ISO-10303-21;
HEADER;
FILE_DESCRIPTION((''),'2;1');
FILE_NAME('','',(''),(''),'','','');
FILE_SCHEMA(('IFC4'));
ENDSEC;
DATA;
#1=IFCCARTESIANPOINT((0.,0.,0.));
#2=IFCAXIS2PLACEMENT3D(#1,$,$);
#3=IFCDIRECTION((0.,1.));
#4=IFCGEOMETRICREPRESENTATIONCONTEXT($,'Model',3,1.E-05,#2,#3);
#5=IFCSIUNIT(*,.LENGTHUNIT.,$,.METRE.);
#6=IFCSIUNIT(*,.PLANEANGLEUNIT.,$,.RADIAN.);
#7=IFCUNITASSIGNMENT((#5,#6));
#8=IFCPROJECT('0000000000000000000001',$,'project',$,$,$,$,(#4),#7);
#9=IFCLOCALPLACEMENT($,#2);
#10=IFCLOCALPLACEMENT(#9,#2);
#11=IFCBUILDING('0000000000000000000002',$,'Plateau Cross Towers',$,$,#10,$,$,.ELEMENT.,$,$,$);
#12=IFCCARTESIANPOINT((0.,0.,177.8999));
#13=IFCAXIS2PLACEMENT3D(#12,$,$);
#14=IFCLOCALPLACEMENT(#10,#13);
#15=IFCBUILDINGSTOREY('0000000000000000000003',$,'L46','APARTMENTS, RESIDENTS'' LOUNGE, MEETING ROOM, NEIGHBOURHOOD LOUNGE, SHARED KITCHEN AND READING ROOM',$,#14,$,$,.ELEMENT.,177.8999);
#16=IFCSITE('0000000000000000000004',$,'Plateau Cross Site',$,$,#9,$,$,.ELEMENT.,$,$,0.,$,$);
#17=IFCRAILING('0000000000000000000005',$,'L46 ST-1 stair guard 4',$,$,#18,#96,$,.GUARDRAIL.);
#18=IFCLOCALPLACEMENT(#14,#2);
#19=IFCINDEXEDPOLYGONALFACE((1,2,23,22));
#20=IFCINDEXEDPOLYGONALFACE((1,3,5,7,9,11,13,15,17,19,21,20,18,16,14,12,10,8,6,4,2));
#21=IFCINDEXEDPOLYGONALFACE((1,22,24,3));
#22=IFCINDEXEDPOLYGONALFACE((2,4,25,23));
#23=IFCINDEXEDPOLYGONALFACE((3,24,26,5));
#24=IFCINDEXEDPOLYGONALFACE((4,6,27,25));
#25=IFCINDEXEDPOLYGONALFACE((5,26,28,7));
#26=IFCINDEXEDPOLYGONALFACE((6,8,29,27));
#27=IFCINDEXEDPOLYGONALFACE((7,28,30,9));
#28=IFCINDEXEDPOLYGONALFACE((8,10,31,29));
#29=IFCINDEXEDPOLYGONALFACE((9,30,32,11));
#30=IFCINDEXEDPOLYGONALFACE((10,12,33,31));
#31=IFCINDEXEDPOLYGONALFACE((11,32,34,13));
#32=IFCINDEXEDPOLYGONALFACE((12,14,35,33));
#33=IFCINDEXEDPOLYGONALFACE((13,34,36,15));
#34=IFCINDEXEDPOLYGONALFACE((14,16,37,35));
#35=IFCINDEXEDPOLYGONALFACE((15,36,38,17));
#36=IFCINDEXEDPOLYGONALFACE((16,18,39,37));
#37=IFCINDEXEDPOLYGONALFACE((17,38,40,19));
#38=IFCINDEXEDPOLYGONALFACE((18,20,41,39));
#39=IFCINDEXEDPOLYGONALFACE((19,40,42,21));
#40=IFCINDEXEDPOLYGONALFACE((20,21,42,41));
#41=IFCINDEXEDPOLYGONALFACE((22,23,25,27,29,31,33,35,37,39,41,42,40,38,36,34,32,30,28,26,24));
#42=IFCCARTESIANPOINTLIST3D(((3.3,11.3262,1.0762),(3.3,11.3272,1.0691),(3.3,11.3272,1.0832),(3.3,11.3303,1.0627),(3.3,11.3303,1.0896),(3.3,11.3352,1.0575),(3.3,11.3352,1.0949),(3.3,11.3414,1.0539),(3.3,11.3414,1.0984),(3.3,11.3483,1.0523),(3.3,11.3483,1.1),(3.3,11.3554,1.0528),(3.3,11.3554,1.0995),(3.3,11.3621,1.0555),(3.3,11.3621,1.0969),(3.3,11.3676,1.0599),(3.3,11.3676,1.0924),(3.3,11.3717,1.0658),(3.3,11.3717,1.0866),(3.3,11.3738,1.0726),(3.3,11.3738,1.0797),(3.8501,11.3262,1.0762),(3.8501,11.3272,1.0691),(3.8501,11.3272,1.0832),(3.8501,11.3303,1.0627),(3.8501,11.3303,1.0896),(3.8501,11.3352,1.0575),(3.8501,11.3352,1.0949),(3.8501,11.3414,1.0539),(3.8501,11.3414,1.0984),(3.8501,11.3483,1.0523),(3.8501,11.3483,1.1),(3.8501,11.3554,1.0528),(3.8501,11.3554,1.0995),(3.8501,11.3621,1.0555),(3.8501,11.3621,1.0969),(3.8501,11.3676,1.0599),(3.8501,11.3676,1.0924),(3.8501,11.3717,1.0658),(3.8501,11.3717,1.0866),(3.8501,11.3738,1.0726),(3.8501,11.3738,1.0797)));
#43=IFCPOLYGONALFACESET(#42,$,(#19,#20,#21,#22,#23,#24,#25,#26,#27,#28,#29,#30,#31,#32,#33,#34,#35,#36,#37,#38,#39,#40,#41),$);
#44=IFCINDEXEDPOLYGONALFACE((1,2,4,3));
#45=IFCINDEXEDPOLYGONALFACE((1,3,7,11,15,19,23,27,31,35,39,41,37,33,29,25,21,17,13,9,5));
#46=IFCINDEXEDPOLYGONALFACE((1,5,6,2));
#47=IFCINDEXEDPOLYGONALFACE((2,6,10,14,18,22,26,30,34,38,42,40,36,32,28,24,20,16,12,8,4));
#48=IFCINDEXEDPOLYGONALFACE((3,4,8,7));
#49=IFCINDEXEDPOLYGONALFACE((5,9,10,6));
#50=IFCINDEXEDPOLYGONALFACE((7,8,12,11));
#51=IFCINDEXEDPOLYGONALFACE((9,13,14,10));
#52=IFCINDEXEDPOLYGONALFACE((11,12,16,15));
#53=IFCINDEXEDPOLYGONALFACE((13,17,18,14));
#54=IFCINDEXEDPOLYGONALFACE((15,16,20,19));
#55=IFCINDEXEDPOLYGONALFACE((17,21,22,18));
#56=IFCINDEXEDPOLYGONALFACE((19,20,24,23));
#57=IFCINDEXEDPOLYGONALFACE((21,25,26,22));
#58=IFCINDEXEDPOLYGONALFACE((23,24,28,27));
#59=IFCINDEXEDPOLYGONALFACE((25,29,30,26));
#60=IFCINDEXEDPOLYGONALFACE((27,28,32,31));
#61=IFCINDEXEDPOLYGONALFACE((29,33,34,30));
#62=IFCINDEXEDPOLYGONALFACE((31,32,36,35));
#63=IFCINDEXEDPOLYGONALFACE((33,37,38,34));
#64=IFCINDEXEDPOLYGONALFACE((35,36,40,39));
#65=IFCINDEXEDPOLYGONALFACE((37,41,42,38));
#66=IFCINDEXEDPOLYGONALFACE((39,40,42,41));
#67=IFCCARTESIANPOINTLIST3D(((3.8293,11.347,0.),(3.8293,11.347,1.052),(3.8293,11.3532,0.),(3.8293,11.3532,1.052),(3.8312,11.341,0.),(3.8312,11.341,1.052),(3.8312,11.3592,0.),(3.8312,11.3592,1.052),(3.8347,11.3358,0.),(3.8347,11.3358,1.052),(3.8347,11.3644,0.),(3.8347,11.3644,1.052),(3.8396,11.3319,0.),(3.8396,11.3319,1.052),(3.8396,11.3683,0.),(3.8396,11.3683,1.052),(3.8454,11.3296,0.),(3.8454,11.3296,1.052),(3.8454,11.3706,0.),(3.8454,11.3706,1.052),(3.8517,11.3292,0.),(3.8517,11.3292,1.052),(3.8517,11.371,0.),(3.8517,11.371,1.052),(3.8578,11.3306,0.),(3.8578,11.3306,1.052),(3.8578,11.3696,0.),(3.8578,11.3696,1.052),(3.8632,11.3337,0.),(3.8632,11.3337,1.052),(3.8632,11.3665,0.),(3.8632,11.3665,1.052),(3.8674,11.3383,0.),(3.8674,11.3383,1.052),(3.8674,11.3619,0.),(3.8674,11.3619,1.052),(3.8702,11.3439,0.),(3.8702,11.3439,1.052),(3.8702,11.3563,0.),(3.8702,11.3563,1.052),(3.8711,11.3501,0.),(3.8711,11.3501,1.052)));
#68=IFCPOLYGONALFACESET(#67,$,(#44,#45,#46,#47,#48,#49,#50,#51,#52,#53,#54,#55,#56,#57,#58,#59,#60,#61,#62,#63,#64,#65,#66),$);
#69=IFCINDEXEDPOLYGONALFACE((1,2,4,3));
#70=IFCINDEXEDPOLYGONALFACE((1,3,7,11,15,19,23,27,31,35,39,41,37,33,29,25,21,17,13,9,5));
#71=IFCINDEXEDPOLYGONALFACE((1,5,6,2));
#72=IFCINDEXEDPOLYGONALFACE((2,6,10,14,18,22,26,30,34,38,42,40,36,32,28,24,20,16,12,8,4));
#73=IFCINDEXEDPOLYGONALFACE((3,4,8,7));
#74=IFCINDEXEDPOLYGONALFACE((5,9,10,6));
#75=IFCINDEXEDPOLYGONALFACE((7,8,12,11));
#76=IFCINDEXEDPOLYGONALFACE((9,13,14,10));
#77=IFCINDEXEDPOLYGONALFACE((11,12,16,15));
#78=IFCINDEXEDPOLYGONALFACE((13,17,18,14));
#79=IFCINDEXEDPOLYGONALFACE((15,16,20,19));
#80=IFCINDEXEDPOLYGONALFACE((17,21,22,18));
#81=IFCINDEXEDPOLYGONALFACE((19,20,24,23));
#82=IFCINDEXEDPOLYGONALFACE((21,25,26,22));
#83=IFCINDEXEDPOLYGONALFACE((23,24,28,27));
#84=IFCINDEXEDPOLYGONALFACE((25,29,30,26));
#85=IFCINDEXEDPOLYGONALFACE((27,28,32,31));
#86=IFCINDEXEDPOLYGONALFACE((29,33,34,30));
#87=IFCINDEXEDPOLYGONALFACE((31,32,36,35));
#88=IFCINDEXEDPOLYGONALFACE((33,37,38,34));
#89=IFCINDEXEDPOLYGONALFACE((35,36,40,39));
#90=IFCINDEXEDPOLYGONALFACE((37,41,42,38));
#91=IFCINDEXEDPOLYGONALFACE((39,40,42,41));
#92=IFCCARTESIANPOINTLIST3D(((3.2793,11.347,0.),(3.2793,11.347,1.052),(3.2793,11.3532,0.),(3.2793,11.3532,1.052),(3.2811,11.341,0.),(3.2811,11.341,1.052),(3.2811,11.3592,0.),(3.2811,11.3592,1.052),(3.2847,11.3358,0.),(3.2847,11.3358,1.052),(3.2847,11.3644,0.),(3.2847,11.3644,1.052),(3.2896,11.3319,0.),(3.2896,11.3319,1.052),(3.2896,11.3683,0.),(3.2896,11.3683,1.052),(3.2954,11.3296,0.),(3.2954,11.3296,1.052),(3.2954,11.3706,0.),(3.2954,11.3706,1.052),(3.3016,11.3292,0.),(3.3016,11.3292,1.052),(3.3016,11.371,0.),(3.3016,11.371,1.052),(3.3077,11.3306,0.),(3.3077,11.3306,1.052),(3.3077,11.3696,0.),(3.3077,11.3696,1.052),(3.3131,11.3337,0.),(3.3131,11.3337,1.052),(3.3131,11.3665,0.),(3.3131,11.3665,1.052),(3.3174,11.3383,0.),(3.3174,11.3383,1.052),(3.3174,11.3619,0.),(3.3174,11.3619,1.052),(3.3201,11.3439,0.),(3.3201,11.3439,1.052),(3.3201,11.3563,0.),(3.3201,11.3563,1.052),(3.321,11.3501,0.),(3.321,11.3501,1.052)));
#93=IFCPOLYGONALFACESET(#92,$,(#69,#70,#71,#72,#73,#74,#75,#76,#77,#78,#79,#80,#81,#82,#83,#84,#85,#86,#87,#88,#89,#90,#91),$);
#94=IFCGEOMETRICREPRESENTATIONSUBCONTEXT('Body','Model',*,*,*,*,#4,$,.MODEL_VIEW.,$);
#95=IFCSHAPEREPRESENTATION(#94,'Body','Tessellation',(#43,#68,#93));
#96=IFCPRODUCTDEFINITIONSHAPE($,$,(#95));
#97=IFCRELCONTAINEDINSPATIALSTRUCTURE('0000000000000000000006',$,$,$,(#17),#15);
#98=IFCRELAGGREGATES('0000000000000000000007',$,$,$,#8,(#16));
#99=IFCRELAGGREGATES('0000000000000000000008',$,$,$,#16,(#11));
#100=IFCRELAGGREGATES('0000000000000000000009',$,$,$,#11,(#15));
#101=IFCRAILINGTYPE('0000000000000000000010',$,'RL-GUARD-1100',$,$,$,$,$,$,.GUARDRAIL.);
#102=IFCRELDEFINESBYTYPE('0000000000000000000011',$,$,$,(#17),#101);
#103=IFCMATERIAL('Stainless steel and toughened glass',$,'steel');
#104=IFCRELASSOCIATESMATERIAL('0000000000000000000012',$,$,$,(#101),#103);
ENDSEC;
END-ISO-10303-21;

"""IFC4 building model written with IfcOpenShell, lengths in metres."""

from ifc_helpers import new_model, si_unit, direction, frame, origin, origin_2d, place, context, subcontext, project, spatial, circle, extrude, material, type_object, element, save


model = new_model("IFC4")

# Units and contexts
model_context = context("Model", 3, precision=1e-05, world=origin(), true_north=direction((0.0, 1.0)))
body_context = subcontext(model_context, "Body", "Model", "MODEL_VIEW")
ifc_project = project(units=[si_unit("LENGTHUNIT", "METRE"), si_unit("PLANEANGLEUNIT", "RADIAN")], contexts=[model_context])

# Site, building, storey
site_placement = place(None, origin())
site = spatial("IfcSite", under=ifc_project, at=site_placement, Name="Plateau Cross Site", CompositionType="ELEMENT", RefElevation=0.0)
building_placement = place(site_placement, origin())
building = spatial("IfcBuilding", under=site, at=building_placement, Name="Plateau Cross Towers", CompositionType="ELEMENT")
storey_placement = place(building_placement, frame((0.0, 0.0, 177.8999)))
storey = spatial("IfcBuildingStorey", under=building, at=storey_placement, Name="L46", Description="APARTMENTS, RESIDENTS' LOUNGE, MEETING ROOM, NEIGHBOURHOOD LOUNGE, SHARED KITCHEN AND READING ROOM", CompositionType="ELEMENT", Elevation=177.8999)

# Railing
ifc_material_1 = material(Name="Stainless steel and toughened glass", Category="steel")
railing_type_1 = type_object("IfcRailingType", Name="RL-GUARD-1100", PredefinedType="GUARDRAIL", material=ifc_material_1)
railing_1_placement = place(storey_placement, frame((3.8501, 11.3501, 0.0)))
element("IfcRailing", 1, at=railing_1_placement, inside=storey, type_object=railing_type_1, Name="L46 ST-1 stair guard 4", PredefinedType="GUARDRAIL", context=body_context, shape_type="SweptSolid", body=[
    extrude(circle(Radius=0.0239, at=origin_2d()), frame((0.0, 0.0, 1.0762), z_axis=(-1.0, 0.0, 0.0), x_axis=(0.0, -1.0, 0.0)), (0.0, 0.0, 1.0), 0.55),
    extrude(circle(Radius=0.021, at=origin_2d()), origin(), (0.0, 0.0, 1.0), 1.052),
    extrude(circle(Radius=0.021, at=origin_2d()), frame((-0.55, 0.0, 0.0)), (0.0, 0.0, 1.0), 1.052),
])

save(model, "model.ifc")
